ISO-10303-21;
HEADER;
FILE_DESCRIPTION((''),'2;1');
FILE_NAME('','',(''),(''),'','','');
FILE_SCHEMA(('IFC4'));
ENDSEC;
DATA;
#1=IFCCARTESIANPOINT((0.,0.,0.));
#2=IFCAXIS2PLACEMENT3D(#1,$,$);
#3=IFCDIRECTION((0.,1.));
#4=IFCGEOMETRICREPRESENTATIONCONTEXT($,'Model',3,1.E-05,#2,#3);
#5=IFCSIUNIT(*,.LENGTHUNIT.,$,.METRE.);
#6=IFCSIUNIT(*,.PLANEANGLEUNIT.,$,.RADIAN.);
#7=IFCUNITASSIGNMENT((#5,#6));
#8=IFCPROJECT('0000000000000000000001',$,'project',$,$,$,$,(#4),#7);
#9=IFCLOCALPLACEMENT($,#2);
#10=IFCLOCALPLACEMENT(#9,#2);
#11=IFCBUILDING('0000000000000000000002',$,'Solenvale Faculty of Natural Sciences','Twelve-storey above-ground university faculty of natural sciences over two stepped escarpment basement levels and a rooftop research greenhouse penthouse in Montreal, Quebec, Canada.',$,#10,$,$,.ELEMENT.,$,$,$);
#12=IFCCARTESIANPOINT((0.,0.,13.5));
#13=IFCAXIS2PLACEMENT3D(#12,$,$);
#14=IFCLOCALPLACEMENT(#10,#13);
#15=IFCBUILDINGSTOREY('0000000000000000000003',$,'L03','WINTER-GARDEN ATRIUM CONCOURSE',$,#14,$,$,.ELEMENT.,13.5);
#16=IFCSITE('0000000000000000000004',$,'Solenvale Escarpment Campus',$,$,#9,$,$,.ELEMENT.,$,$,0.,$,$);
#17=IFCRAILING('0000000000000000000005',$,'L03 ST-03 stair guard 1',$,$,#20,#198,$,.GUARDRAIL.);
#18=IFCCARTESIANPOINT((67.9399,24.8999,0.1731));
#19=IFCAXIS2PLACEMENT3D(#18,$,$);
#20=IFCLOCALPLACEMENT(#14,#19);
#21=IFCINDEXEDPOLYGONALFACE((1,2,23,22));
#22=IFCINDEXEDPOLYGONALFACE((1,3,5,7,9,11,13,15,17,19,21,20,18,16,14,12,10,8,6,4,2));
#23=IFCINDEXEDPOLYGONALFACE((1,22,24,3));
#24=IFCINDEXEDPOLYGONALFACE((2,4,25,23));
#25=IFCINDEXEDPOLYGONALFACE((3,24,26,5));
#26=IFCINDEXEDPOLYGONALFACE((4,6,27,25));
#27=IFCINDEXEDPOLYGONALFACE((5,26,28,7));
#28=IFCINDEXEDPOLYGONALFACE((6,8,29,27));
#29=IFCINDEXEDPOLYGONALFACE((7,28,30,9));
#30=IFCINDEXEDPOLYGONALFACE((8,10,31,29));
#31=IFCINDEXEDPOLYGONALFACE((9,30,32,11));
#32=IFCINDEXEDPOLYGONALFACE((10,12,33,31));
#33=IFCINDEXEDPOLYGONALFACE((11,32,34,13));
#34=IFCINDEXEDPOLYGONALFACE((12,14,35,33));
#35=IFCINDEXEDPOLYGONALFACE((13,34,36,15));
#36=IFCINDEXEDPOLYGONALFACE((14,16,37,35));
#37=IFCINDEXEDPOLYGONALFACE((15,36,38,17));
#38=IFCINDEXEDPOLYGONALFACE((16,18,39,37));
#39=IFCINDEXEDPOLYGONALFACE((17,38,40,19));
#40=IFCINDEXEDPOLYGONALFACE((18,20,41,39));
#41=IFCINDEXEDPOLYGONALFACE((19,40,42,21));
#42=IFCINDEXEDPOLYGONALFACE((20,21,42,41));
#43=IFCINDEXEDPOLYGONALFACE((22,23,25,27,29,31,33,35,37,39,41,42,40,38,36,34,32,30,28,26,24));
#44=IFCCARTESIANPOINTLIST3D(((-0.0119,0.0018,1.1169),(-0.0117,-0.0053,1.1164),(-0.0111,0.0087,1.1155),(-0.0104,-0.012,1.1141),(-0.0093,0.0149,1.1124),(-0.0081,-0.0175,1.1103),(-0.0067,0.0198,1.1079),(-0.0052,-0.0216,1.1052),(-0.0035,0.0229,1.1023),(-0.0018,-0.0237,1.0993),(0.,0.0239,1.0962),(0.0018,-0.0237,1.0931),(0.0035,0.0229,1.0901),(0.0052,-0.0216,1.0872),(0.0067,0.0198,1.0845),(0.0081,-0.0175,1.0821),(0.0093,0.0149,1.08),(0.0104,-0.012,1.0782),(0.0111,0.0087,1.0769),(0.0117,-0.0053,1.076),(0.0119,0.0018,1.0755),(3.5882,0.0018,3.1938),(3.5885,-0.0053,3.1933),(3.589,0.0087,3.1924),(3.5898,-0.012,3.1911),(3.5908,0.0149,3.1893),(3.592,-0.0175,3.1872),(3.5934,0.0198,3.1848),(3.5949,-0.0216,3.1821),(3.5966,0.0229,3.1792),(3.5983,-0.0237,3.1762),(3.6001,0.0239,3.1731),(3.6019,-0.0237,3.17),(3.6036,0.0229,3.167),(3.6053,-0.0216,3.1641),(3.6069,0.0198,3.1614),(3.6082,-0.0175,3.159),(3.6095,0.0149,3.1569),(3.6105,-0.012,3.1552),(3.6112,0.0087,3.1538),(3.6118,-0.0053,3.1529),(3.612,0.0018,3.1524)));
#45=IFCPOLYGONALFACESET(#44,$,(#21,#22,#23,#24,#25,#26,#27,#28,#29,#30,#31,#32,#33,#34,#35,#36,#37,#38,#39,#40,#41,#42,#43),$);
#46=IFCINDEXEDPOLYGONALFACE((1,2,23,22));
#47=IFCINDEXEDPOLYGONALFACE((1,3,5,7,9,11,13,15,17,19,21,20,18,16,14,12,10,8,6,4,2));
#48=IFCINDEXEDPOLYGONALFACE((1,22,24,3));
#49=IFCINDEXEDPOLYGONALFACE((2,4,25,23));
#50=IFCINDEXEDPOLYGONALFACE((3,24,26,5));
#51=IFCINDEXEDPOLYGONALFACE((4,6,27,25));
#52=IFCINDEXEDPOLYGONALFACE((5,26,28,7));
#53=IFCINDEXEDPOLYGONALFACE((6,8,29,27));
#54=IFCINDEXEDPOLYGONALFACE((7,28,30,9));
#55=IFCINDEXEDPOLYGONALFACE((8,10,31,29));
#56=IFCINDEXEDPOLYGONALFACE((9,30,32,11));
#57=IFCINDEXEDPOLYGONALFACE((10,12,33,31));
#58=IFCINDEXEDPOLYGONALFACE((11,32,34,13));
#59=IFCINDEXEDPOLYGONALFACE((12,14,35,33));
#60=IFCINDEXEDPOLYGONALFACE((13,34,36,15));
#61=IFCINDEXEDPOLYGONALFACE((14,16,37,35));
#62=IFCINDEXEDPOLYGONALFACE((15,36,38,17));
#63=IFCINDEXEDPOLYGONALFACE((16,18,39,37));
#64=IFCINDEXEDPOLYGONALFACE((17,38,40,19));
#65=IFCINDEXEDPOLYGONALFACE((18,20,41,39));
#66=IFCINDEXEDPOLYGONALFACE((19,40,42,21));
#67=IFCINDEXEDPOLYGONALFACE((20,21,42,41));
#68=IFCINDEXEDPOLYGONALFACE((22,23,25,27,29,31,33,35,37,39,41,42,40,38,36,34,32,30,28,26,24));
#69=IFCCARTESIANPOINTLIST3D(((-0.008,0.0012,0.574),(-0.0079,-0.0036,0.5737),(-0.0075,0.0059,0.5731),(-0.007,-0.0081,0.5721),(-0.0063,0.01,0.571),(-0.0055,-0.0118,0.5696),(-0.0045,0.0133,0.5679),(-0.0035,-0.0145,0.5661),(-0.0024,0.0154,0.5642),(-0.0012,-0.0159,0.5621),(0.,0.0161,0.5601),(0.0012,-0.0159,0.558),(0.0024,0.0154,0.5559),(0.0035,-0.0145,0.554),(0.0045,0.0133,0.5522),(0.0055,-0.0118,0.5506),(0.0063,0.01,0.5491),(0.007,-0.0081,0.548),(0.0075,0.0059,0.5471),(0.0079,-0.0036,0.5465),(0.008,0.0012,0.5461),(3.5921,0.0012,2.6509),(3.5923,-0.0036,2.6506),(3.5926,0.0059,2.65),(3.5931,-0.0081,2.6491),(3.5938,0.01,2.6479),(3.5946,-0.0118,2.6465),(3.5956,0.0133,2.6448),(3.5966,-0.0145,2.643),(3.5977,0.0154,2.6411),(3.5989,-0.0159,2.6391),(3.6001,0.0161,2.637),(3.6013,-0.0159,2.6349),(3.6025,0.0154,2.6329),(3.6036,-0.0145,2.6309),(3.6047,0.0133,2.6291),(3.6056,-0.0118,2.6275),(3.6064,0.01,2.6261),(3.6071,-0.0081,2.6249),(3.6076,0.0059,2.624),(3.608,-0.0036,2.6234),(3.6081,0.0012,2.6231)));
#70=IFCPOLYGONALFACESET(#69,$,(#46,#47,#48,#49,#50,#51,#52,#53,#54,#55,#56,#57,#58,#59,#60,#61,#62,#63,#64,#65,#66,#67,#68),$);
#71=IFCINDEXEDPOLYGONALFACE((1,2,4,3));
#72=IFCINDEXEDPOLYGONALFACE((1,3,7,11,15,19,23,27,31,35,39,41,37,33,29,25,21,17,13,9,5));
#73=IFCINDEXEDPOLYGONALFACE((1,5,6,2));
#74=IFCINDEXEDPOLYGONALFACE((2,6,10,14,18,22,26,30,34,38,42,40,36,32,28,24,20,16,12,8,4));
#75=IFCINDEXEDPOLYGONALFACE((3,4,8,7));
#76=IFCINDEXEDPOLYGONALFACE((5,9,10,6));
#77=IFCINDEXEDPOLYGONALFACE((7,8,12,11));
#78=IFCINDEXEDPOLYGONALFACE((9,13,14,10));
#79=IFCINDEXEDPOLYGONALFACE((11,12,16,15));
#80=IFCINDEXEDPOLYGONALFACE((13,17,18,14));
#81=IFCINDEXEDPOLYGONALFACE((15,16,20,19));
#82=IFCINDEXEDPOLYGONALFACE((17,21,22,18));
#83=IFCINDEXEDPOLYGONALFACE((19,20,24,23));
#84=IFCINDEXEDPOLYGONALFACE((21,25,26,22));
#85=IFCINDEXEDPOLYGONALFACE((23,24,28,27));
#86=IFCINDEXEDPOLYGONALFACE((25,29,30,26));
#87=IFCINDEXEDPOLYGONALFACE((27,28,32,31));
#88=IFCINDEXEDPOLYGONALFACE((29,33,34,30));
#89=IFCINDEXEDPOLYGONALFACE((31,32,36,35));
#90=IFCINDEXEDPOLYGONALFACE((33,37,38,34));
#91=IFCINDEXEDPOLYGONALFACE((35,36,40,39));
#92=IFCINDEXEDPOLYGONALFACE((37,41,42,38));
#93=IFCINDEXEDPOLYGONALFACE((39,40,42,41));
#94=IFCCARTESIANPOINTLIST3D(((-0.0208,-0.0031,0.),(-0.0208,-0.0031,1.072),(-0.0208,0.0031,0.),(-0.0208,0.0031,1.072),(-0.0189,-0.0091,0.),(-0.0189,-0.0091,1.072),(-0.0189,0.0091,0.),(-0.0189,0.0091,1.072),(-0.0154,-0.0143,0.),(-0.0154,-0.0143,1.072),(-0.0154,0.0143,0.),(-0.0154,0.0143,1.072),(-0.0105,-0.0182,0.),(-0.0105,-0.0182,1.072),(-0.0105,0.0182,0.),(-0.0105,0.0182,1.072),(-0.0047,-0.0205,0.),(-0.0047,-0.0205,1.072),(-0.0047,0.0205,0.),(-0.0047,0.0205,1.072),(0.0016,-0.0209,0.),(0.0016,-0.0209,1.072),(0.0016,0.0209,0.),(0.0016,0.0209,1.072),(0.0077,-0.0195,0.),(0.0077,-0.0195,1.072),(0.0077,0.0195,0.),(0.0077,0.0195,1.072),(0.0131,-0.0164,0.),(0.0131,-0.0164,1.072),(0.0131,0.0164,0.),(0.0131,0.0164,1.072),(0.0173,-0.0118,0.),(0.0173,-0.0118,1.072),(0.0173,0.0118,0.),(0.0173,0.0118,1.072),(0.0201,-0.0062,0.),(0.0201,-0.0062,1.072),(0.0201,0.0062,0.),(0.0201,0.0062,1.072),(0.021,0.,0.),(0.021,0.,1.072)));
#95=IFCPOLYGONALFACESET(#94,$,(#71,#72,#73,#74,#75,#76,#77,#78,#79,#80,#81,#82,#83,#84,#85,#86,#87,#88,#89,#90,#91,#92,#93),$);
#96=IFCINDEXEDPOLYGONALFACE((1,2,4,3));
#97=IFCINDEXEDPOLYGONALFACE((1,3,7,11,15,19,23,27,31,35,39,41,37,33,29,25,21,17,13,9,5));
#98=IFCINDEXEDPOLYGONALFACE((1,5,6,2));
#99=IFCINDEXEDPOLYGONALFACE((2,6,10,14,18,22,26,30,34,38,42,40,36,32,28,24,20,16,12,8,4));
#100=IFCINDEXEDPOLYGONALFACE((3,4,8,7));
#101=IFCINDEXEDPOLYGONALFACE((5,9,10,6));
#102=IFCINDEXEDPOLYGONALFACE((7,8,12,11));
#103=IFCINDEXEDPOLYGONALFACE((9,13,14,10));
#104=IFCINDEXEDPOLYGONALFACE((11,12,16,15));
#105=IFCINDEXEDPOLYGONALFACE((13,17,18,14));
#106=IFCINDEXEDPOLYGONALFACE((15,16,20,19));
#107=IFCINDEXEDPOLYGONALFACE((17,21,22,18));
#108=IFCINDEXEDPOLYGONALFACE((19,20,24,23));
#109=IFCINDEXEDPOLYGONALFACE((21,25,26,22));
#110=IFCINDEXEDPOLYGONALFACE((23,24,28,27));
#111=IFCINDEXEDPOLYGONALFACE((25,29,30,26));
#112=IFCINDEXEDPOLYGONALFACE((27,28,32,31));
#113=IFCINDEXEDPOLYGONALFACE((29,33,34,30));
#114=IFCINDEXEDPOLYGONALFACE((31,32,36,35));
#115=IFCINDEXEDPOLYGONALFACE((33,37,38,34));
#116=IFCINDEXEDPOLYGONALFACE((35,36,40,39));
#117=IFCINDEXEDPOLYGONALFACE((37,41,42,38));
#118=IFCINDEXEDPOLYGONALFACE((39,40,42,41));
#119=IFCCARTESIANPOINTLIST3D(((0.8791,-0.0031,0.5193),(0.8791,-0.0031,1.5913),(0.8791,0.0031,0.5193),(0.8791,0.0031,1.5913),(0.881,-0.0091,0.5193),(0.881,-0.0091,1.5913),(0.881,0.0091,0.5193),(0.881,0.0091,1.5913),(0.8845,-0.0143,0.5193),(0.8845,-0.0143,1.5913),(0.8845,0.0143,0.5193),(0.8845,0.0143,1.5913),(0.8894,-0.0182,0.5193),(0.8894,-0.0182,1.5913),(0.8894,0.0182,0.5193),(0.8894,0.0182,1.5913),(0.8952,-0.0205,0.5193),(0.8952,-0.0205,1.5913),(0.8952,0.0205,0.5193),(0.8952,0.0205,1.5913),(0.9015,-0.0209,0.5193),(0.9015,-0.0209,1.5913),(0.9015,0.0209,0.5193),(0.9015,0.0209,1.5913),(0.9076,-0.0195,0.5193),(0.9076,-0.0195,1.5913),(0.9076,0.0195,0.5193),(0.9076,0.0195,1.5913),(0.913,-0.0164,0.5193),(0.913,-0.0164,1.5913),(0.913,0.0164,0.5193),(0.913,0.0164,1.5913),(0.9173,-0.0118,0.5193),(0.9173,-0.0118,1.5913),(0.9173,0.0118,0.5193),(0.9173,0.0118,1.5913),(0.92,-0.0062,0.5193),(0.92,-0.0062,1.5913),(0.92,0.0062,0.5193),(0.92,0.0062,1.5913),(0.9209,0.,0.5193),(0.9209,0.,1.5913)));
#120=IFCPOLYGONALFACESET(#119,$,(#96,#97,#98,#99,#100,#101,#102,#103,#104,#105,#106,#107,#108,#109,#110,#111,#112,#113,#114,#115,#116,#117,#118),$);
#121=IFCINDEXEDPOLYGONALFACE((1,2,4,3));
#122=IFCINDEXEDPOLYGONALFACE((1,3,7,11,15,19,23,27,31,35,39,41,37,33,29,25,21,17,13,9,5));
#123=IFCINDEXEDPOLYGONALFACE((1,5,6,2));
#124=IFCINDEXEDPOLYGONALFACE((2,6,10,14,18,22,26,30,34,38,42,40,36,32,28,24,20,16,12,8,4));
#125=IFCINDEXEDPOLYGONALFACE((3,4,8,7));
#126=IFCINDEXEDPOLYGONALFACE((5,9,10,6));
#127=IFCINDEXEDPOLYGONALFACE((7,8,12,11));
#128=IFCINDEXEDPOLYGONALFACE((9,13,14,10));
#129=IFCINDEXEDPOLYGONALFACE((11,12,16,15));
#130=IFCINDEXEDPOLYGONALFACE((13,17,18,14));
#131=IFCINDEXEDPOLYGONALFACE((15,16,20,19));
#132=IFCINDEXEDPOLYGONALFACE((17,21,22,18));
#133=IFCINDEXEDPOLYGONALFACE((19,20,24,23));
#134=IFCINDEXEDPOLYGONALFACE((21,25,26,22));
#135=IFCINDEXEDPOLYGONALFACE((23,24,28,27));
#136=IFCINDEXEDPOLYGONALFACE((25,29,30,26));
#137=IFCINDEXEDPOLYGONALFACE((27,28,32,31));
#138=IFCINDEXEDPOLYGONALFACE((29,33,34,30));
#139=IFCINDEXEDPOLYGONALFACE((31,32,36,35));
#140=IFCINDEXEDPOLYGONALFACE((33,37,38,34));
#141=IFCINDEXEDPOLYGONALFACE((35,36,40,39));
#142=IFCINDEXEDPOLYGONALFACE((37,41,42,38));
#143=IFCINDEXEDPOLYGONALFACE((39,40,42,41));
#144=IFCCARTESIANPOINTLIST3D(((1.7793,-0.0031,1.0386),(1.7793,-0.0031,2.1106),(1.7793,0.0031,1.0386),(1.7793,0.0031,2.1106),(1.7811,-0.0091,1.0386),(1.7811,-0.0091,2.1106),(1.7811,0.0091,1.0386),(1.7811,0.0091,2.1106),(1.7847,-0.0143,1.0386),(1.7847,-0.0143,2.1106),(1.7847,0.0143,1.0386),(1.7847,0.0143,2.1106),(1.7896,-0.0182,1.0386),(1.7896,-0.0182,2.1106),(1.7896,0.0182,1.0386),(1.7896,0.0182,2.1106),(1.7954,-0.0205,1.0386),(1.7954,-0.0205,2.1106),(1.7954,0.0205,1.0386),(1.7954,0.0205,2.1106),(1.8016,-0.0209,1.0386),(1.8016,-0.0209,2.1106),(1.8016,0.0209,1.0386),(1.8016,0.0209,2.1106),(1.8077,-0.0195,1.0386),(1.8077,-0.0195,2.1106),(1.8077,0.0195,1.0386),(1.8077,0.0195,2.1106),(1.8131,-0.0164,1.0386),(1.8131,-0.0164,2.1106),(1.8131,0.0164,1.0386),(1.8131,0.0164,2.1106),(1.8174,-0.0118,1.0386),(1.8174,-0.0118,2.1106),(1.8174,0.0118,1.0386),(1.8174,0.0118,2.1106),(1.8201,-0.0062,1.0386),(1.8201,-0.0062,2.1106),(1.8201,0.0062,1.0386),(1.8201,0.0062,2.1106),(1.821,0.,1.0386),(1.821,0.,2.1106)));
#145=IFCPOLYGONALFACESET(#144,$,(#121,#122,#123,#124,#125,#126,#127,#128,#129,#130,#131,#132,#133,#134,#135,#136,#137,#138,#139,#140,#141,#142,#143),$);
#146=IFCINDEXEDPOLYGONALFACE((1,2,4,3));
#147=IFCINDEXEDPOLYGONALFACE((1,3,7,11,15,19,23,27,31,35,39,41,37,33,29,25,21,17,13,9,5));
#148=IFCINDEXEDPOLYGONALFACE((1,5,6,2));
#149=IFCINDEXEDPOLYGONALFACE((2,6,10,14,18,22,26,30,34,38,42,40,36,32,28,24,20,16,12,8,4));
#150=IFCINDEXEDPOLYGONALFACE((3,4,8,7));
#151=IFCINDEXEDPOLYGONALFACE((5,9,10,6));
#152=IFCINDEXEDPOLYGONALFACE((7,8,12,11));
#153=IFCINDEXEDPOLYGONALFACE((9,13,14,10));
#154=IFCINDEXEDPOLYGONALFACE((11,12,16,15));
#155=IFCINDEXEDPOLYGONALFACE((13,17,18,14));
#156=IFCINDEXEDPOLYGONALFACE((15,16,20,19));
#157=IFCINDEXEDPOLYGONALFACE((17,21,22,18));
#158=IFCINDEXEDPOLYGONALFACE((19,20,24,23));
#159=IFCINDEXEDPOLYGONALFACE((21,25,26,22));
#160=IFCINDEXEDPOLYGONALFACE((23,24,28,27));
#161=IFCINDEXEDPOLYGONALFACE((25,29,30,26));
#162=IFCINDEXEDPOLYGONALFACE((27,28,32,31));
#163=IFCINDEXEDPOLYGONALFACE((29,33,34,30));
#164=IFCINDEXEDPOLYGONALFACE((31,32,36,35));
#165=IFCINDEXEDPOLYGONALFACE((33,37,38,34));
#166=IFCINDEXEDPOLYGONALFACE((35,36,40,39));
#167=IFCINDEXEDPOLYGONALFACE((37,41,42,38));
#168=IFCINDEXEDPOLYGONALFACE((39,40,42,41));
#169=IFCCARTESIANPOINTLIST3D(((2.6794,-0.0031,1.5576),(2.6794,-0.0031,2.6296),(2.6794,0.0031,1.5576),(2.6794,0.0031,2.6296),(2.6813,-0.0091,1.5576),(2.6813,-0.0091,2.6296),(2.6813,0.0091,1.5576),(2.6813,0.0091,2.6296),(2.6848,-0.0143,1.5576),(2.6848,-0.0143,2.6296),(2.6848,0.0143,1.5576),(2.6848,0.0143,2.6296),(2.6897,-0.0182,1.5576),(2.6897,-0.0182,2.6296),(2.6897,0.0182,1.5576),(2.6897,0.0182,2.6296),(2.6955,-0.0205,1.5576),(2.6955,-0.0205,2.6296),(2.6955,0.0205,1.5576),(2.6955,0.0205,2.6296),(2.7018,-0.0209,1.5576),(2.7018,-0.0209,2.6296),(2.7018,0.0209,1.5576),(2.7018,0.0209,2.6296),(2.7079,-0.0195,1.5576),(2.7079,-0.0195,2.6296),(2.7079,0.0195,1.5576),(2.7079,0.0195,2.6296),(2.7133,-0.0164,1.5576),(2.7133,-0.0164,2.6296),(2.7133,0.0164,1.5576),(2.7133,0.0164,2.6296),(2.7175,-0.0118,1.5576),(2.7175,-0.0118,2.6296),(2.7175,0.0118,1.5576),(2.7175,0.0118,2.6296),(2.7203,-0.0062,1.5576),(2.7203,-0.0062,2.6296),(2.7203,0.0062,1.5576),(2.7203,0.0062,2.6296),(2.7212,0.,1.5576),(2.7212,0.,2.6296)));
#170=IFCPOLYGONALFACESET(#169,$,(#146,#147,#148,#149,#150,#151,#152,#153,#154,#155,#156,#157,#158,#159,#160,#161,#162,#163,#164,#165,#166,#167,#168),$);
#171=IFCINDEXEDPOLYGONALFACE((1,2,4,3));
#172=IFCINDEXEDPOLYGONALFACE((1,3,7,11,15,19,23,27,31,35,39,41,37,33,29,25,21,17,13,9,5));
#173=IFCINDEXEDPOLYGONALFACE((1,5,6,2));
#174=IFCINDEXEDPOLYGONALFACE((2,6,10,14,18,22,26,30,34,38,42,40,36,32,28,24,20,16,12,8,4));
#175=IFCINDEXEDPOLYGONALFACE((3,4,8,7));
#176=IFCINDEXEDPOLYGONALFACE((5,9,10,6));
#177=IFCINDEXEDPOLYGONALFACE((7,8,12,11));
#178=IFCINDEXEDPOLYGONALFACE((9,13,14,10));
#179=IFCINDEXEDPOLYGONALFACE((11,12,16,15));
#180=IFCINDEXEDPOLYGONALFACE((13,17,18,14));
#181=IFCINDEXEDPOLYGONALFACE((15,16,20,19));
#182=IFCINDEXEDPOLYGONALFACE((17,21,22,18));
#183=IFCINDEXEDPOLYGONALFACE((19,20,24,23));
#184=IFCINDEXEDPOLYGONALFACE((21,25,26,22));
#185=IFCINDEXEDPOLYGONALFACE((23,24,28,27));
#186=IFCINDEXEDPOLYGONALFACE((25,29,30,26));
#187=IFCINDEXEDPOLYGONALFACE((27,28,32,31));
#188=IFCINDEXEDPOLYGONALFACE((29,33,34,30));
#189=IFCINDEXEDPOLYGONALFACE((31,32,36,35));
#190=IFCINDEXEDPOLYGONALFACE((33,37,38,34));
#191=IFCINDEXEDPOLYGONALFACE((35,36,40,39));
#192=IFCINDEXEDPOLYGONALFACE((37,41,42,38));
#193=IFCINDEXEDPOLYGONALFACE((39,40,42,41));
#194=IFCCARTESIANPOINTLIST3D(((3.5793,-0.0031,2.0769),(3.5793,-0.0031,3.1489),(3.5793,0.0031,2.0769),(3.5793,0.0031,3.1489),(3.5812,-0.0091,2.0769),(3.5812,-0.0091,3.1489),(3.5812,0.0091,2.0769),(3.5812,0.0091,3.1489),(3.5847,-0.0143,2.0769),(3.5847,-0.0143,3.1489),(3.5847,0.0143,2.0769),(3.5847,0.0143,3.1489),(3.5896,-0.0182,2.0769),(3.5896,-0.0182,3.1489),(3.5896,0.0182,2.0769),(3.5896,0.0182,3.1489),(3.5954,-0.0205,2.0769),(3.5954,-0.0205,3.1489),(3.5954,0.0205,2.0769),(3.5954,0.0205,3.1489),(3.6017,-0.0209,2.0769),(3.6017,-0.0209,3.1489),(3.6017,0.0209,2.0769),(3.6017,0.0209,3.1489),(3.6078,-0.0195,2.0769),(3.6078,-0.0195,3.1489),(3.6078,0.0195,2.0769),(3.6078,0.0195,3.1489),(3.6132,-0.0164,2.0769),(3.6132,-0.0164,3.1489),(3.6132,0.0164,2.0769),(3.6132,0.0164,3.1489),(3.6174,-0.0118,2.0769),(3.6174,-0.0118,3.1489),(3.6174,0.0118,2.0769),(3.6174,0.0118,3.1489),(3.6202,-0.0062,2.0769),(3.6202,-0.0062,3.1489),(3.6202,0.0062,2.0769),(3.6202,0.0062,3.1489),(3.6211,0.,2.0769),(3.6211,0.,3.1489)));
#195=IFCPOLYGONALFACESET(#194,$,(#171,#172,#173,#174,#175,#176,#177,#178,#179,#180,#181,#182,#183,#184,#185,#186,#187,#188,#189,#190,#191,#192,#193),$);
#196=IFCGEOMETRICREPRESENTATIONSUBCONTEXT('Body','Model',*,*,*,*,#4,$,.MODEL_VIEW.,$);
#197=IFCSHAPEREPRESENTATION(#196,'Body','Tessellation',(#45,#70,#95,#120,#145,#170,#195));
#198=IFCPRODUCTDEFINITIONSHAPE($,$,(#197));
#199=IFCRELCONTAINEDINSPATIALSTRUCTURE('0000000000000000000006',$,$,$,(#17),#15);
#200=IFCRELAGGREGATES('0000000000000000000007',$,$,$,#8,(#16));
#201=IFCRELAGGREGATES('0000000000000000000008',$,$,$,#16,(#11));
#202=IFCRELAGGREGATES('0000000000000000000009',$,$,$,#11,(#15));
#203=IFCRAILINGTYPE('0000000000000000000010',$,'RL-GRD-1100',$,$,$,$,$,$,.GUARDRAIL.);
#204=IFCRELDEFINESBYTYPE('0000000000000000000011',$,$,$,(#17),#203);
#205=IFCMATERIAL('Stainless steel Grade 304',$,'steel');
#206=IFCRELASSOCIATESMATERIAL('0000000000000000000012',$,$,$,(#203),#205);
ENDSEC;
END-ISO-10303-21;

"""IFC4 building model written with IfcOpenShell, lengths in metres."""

from ifc_helpers import new_model, si_unit, direction, frame, origin, origin_2d, place, context, subcontext, project, spatial, circle, extrude, material, type_object, element, save


model = new_model("IFC4")

# Units and contexts
model_context = context("Model", 3, precision=1e-05, world=origin(), true_north=direction((0.0, 1.0)))
body_context = subcontext(model_context, "Body", "Model", "MODEL_VIEW")
ifc_project = project(units=[si_unit("LENGTHUNIT", "METRE"), si_unit("PLANEANGLEUNIT", "RADIAN")], contexts=[model_context])

# Site, building, storey
site_placement = place(None, origin())
site = spatial("IfcSite", under=ifc_project, at=site_placement, Name="Solenvale Escarpment Campus", CompositionType="ELEMENT", RefElevation=0.0)
building_placement = place(site_placement, origin())
building = spatial("IfcBuilding", under=site, at=building_placement, Name="Solenvale Faculty of Natural Sciences", Description="Twelve-storey above-ground university faculty of natural sciences over two stepped escarpment basement levels and a rooftop research greenhouse penthouse in Montreal, Quebec, Canada.", CompositionType="ELEMENT")
storey_placement = place(building_placement, frame((0.0, 0.0, 13.5)))
storey = spatial("IfcBuildingStorey", under=building, at=storey_placement, Name="L03", Description="WINTER-GARDEN ATRIUM CONCOURSE", CompositionType="ELEMENT", Elevation=13.5)

# Railing
ifc_material_1 = material(Name="Stainless steel Grade 304", Category="steel")
railing_type_1 = type_object("IfcRailingType", Name="RL-GRD-1100", PredefinedType="GUARDRAIL", material=ifc_material_1)
railing_1_placement = place(storey_placement, frame((67.9399, 24.8999, 0.1731)))
element("IfcRailing", 1, at=railing_1_placement, inside=storey, type_object=railing_type_1, Name="L03 ST-03 stair guard 1", PredefinedType="GUARDRAIL", context=body_context, shape_type="SweptSolid", body=[
    extrude(circle(Radius=0.0239, at=origin_2d()), frame((0.0, 0.0, 1.0962), z_axis=(0.866193, 0.0, 0.499709), x_axis=(0.0, 1.0, 0.0)), (0.0, 0.0, 1.0), 4.1562),
    extrude(circle(Radius=0.0161, at=origin_2d()), frame((0.0, 0.0, 0.5601), z_axis=(0.866193, 0.0, 0.499709), x_axis=(0.0, 1.0, 0.0)), (0.0, 0.0, 1.0), 4.1562),
    extrude(circle(Radius=0.021, at=origin_2d()), origin(), (0.0, 0.0, 1.0), 1.072),
    extrude(circle(Radius=0.021, at=origin_2d()), frame((0.8999, 0.0, 0.5193)), (0.0, 0.0, 1.0), 1.072),
    extrude(circle(Radius=0.021, at=origin_2d()), frame((1.8, 0.0, 1.0386)), (0.0, 0.0, 1.0), 1.072),
    extrude(circle(Radius=0.021, at=origin_2d()), frame((2.7002, 0.0, 1.5576)), (0.0, 0.0, 1.0), 1.072),
    extrude(circle(Radius=0.021, at=origin_2d()), frame((3.6001, 0.0, 2.0769)), (0.0, 0.0, 1.0), 1.072),
])

save(model, "model.ifc")
